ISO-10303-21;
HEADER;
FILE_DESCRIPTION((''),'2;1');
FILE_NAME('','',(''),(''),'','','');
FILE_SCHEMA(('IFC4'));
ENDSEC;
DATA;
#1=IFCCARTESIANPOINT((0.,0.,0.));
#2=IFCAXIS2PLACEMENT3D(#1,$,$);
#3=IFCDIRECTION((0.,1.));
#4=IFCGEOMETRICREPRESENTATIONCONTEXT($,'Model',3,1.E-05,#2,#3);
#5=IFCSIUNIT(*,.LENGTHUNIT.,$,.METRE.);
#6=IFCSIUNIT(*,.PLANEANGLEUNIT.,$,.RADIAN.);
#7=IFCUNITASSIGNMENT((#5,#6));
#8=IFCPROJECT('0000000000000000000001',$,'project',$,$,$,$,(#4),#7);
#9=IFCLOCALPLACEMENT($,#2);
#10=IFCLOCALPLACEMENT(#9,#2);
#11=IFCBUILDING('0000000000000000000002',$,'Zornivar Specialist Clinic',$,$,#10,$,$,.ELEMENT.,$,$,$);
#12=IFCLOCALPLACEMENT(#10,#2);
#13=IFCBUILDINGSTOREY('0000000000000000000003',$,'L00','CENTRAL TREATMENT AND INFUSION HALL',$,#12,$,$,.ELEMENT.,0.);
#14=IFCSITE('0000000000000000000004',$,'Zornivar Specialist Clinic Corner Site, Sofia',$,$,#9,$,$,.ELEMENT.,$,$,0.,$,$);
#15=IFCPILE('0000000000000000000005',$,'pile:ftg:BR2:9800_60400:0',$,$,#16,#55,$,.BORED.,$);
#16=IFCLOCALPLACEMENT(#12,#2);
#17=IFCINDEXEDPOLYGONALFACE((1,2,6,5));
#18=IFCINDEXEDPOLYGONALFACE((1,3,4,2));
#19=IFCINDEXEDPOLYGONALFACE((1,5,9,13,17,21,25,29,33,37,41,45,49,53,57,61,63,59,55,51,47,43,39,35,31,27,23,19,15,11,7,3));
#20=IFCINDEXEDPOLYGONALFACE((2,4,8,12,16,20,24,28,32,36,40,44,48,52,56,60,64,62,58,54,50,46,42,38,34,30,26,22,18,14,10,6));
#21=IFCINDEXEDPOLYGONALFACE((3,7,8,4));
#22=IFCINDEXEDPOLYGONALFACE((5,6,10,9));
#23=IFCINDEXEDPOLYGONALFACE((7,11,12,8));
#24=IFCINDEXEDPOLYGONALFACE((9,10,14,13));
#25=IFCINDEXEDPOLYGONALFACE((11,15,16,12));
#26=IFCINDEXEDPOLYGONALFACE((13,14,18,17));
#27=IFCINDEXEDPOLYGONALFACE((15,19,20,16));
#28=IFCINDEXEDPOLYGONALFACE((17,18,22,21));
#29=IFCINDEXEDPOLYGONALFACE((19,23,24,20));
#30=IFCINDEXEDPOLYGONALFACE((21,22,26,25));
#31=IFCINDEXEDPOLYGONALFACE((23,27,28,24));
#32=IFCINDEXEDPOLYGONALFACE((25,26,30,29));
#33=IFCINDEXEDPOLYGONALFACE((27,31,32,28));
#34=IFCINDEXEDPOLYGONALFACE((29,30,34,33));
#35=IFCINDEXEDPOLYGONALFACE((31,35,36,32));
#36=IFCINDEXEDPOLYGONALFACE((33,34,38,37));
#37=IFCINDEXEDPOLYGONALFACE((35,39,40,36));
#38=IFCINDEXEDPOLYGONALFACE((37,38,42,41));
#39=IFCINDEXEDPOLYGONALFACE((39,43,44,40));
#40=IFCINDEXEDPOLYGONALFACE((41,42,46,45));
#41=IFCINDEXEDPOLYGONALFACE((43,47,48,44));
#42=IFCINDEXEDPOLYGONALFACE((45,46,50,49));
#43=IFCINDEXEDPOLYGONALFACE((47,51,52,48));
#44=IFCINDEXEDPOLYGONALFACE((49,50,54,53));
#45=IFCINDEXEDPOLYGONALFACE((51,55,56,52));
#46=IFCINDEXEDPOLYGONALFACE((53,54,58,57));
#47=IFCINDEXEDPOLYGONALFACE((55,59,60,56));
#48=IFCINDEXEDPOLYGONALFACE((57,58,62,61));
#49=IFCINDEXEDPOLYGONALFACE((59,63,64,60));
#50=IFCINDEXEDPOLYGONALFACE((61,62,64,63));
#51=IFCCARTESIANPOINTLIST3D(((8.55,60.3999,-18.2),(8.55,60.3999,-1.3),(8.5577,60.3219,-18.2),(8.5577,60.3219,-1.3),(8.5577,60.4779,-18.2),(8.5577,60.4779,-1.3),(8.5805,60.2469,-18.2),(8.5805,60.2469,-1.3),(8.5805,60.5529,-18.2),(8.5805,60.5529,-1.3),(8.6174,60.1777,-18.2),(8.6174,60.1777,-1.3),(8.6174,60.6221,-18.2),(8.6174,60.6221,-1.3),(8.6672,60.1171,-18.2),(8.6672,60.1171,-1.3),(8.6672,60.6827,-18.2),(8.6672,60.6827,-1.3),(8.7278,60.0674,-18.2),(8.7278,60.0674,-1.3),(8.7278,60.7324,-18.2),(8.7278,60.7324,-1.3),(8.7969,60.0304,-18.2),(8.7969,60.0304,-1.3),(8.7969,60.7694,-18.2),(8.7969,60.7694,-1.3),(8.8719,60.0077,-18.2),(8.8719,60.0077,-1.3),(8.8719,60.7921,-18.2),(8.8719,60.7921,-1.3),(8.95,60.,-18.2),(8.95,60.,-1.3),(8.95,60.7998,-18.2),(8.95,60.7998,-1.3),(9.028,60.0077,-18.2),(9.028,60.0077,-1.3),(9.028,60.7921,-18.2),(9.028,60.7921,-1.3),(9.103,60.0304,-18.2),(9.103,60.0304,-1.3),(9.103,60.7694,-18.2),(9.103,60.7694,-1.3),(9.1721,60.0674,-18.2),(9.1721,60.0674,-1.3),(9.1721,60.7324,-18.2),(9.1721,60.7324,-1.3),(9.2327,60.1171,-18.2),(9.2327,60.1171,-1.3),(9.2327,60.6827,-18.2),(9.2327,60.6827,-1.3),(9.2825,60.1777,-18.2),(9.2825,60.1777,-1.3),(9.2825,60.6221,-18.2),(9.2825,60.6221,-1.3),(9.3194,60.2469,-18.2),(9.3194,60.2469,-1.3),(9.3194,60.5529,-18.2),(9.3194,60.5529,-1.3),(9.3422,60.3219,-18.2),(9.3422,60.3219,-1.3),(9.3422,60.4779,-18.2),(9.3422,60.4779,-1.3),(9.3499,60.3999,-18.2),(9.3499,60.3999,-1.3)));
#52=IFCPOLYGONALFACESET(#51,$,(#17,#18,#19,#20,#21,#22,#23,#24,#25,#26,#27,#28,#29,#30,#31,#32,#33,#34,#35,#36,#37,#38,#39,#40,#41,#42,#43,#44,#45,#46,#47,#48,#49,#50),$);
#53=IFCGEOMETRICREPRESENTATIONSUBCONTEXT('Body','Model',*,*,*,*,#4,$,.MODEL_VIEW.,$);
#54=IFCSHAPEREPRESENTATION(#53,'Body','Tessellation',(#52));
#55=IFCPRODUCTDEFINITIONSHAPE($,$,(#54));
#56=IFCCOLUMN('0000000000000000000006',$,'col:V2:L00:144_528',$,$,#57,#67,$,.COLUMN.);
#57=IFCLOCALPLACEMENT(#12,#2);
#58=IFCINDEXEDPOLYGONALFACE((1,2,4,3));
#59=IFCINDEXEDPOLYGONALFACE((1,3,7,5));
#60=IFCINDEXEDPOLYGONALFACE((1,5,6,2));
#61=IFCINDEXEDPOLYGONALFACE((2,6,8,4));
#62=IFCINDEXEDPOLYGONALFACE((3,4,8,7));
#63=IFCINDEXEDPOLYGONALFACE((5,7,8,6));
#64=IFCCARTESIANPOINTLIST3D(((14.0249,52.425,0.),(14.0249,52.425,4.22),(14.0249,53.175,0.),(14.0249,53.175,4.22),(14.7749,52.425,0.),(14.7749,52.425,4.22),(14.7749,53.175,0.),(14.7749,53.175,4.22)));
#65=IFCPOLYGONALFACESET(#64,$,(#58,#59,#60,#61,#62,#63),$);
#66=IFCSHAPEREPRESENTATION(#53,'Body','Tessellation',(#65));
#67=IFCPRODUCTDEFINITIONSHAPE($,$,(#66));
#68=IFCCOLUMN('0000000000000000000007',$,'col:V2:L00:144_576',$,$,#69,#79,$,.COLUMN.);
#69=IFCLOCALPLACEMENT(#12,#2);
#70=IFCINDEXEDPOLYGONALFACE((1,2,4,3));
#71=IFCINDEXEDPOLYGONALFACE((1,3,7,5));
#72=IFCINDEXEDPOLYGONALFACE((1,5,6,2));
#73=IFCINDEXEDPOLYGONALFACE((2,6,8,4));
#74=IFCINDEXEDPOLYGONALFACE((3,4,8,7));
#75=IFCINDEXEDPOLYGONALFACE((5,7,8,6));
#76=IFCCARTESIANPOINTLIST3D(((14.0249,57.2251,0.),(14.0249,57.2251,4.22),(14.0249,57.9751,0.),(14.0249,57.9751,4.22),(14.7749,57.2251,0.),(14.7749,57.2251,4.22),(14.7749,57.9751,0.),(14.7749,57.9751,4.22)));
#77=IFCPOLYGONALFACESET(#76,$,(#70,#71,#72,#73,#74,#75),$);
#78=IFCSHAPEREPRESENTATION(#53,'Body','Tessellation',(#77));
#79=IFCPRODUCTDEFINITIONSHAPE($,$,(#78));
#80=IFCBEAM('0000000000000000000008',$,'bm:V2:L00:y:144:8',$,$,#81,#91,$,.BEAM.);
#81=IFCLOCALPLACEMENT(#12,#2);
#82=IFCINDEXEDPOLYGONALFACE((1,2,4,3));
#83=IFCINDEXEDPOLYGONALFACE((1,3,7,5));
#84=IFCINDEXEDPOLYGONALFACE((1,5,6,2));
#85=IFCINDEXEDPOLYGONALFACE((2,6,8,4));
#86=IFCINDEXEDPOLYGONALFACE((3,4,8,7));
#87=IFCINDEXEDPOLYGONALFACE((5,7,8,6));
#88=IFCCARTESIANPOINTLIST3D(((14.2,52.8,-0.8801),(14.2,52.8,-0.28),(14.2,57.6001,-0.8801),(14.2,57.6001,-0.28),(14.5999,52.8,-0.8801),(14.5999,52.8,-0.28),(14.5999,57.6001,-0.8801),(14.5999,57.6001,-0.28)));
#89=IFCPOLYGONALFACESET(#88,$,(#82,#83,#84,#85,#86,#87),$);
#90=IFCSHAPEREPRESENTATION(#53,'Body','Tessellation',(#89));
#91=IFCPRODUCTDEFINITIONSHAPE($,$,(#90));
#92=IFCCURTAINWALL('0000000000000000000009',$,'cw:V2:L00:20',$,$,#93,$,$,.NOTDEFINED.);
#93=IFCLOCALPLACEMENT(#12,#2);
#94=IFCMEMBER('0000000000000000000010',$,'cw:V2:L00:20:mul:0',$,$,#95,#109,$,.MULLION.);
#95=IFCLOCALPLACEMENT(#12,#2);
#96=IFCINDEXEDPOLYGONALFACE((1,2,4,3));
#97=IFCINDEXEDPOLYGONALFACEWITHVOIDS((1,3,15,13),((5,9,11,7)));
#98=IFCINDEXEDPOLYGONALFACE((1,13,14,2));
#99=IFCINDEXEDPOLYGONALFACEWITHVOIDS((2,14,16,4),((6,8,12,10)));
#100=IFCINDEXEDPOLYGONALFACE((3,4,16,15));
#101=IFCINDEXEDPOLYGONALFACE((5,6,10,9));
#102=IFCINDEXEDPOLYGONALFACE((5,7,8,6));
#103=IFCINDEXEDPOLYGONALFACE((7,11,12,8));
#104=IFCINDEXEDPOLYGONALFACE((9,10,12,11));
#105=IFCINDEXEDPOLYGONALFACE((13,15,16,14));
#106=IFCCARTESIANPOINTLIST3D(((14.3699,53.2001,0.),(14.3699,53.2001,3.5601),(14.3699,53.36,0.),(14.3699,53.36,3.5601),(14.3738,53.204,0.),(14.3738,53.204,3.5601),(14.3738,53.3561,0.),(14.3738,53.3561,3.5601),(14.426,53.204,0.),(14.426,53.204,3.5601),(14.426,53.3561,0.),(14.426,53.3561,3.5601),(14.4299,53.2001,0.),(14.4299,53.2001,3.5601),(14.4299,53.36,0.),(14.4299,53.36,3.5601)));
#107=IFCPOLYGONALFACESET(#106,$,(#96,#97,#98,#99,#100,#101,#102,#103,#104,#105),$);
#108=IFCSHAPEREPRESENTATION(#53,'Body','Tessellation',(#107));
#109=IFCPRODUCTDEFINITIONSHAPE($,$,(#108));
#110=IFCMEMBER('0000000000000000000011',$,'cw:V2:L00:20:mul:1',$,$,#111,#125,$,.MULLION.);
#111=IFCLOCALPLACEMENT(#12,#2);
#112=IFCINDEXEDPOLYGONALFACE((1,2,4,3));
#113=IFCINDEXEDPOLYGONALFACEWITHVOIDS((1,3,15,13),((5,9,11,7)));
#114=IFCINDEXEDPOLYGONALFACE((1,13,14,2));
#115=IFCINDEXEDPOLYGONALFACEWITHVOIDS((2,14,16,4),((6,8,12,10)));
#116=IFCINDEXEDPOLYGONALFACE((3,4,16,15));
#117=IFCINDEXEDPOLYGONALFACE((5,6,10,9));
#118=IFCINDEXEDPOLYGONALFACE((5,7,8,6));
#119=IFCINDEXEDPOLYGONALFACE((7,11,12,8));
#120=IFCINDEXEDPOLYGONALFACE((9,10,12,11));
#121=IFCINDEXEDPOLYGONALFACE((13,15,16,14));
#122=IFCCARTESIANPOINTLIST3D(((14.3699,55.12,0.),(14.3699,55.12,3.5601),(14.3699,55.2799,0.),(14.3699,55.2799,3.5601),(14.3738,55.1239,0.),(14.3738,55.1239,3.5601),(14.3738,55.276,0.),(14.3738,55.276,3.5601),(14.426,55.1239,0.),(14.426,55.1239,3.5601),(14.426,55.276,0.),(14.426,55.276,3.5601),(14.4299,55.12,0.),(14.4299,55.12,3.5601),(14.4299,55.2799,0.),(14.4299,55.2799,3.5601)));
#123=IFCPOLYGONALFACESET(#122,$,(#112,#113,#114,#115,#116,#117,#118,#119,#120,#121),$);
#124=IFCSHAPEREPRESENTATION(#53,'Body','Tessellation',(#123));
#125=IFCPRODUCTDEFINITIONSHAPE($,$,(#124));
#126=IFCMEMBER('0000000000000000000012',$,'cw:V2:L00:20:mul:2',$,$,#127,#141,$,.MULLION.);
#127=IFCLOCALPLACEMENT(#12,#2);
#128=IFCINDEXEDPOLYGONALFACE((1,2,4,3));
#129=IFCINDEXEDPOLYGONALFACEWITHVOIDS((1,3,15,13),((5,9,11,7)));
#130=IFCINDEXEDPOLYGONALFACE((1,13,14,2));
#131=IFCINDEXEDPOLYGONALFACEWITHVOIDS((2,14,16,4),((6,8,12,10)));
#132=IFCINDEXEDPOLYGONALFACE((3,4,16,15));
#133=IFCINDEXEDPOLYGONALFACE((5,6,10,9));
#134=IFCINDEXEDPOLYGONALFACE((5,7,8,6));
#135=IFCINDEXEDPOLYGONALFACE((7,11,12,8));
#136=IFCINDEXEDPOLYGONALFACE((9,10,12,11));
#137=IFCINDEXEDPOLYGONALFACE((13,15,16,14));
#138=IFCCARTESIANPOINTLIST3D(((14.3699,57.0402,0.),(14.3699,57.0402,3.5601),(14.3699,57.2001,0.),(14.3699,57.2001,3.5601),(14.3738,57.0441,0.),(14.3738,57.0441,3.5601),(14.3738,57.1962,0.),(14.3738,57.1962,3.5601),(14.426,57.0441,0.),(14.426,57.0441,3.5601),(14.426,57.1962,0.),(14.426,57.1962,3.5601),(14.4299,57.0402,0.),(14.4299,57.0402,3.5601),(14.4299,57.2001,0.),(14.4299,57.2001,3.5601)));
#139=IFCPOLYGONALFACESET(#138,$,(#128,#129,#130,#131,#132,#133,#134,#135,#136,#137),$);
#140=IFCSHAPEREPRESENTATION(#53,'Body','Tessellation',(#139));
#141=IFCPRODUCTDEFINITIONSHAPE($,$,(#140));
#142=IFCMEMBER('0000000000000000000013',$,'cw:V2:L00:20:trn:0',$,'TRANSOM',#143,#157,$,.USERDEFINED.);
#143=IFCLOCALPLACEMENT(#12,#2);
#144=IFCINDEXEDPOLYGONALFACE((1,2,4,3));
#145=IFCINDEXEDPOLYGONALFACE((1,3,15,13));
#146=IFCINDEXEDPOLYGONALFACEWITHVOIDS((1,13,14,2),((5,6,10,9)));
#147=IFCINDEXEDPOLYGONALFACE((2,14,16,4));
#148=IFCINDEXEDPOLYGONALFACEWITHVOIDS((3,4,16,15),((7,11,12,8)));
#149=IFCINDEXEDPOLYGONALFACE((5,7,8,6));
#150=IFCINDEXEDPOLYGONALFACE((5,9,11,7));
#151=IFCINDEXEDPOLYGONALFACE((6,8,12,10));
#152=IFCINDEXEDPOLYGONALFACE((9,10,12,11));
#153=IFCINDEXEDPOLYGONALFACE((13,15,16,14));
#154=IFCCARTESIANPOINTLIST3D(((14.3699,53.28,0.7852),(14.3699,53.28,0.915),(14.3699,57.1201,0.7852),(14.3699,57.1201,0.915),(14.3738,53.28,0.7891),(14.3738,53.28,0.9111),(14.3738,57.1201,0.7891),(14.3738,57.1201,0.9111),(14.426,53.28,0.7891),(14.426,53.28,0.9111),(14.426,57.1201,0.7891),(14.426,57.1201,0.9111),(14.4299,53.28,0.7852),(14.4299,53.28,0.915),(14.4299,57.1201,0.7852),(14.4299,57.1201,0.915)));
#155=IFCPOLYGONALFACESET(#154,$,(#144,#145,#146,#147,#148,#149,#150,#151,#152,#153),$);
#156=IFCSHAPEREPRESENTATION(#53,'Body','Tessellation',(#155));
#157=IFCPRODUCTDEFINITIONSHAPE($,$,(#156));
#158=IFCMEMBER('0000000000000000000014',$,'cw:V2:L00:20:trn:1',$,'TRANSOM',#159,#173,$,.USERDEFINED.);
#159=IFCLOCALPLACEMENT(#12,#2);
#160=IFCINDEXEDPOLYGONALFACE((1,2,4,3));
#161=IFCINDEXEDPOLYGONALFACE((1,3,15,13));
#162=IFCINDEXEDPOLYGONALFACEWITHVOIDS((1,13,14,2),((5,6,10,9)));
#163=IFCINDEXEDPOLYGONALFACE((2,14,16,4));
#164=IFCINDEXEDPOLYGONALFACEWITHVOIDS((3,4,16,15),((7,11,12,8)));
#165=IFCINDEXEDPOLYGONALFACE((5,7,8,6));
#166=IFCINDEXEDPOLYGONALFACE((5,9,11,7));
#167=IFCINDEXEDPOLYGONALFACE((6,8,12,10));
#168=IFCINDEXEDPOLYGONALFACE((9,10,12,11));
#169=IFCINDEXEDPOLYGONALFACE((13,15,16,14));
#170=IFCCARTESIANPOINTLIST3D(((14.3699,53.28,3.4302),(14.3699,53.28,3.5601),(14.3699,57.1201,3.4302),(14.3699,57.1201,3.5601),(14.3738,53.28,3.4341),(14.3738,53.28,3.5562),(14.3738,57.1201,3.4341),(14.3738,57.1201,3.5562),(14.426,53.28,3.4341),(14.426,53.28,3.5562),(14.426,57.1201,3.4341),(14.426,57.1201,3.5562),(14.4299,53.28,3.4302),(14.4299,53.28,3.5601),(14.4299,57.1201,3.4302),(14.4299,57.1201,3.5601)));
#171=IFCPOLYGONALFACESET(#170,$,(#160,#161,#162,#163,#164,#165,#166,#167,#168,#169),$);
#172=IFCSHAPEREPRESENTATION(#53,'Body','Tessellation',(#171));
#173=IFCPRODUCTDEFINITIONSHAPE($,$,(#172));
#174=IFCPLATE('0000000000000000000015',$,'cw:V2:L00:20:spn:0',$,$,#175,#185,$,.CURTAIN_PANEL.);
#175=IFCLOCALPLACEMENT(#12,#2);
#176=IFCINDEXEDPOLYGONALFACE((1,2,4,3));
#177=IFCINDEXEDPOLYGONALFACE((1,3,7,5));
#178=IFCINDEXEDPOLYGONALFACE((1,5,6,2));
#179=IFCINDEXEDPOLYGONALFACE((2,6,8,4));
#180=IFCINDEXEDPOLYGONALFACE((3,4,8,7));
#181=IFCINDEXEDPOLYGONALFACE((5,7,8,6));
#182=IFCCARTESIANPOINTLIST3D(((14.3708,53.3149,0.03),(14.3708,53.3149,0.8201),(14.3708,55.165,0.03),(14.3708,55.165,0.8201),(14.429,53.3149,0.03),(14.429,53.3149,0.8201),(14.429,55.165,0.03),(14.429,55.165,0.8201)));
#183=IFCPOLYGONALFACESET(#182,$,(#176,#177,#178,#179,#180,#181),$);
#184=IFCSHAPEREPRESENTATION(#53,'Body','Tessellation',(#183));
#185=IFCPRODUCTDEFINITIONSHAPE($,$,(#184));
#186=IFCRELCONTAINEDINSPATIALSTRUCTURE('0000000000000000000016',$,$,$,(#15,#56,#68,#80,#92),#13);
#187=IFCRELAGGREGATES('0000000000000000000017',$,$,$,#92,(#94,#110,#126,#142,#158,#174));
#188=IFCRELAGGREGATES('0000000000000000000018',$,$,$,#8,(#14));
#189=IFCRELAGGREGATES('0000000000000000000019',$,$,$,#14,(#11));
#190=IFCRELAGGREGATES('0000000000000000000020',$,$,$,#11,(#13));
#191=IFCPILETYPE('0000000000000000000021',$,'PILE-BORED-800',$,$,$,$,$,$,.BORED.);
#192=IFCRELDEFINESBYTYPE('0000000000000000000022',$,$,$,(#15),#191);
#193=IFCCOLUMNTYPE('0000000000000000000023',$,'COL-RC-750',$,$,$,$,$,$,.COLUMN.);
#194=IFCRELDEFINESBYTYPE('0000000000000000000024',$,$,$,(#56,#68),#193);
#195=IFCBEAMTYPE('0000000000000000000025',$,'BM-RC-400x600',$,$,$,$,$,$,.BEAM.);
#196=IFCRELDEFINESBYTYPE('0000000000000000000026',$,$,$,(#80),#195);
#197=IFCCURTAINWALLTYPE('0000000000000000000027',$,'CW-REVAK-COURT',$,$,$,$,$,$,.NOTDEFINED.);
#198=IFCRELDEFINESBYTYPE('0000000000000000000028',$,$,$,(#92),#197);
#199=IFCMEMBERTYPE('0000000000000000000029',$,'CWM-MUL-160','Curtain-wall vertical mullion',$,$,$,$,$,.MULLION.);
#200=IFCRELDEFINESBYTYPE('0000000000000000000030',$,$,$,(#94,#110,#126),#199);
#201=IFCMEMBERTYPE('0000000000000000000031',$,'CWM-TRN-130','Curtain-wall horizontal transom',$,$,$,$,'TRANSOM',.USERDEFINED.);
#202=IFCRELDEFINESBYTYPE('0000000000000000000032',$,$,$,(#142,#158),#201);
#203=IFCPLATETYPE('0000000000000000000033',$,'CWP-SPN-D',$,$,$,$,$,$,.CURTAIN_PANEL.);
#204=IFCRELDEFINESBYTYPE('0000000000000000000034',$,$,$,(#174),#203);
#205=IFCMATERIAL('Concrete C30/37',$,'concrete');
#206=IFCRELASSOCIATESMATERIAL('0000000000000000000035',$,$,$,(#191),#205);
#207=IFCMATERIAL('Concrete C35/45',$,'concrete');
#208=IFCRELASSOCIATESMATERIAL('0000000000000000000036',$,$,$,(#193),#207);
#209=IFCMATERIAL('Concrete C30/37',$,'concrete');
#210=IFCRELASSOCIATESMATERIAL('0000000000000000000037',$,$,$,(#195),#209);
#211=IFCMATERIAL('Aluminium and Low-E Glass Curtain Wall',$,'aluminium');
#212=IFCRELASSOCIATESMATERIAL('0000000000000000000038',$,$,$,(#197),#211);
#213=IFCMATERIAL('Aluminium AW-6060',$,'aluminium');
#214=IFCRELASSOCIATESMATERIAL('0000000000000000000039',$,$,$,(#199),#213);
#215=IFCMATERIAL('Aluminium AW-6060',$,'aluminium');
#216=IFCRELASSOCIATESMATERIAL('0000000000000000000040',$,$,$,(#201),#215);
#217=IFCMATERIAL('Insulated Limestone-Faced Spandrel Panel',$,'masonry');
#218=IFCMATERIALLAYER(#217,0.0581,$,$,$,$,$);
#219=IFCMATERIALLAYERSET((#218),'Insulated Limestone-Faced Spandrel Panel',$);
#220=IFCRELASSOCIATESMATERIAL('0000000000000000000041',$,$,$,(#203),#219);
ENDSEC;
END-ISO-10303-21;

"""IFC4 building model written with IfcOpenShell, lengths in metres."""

from ifc_helpers import new_model, si_unit, direction, frame, origin, origin_2d, place, context, subcontext, project, spatial, rectangle, hollow_rectangle, circle, extrude, material, layer, layer_set, material_profile, profile_set, type_object, element, aggregate, save


model = new_model("IFC4")

# Units and contexts
model_context = context("Model", 3, precision=1e-05, world=origin(), true_north=direction((0.0, 1.0)))
body_context = subcontext(model_context, "Body", "Model", "MODEL_VIEW")
ifc_project = project(units=[si_unit("LENGTHUNIT", "METRE"), si_unit("PLANEANGLEUNIT", "RADIAN")], contexts=[model_context])

# Site, building, storey
site_placement = place(None, origin())
site = spatial("IfcSite", under=ifc_project, at=site_placement, Name="Zornivar Specialist Clinic Corner Site, Sofia", CompositionType="ELEMENT", RefElevation=0.0)
building_placement = place(site_placement, origin())
building = spatial("IfcBuilding", under=site, at=building_placement, Name="Zornivar Specialist Clinic", CompositionType="ELEMENT")
storey_placement = place(building_placement, origin())
storey = spatial("IfcBuildingStorey", under=building, at=storey_placement, Name="L00", Description="CENTRAL TREATMENT AND INFUSION HALL", CompositionType="ELEMENT", Elevation=0.0)

# Pile
ifc_material_1 = material(Name="Concrete C30/37", Category="concrete")
ifc_material_profile_1 = material_profile(ifc_material_1, circle(Radius=0.3999, at=origin_2d()), Name="PILE D800")
ifc_profile_set_1 = profile_set([ifc_material_profile_1], Name="Concrete C30/37")
pile_type = type_object("IfcPileType", Name="PILE-BORED-800", PredefinedType="BORED", material=ifc_profile_set_1)
pile_placement = place(storey_placement, frame((8.95, 60.3999, -1.3), z_axis=(0.0, 0.0, -1.0), x_axis=(1.0, 0.0, 0.0)))
element("IfcPile", 1, at=pile_placement, inside=storey, type_object=pile_type, Name="pile:ftg:BR2:9800_60400:0", PredefinedType="BORED", context=body_context, shape_type="SweptSolid", body=[
    extrude(circle(Radius=0.3999, at=origin_2d()), origin(), (0.0, 0.0, 1.0), 16.8999),
])

# Columns
ifc_material_2 = material(Name="Concrete C35/45", Category="concrete")
ifc_material_profile_2 = material_profile(ifc_material_2, rectangle(XDim=0.75, YDim=0.75, at=origin_2d()), Name="RC 750x750")
ifc_profile_set_2 = profile_set([ifc_material_profile_2], Name="Concrete C35/45")
column_type = type_object("IfcColumnType", Name="COL-RC-750", PredefinedType="COLUMN", material=ifc_profile_set_2)
for number, where, z_axis, x_axis, name in (
    (2, (14.3999, 52.8, 0.0), (0.0, 0.0, 1.0), (1.0, 0.0, 0.0), "col:V2:L00:144_528"),
    (3, (14.3999, 57.6001, 0.0), (0.0, 0.0, 1.0), (1.0, 0.0, 0.0), "col:V2:L00:144_576"),
):
    element("IfcColumn", number, at=place(storey_placement, frame(where, z_axis=z_axis, x_axis=x_axis)), inside=storey, type_object=column_type, Name=name, PredefinedType="COLUMN", context=body_context, shape_type="SweptSolid", body=[
        extrude(rectangle(XDim=0.75, YDim=0.75, at=origin_2d()), origin(), (0.0, 0.0, 1.0), 4.22),
    ])

# Beam
ifc_material_3 = material(Name="Concrete C30/37", Category="concrete")
ifc_material_profile_3 = material_profile(ifc_material_3, rectangle(XDim=0.3999, YDim=0.6001, at=origin_2d()), Name="RC 400x600")
ifc_profile_set_3 = profile_set([ifc_material_profile_3], Name="Concrete C30/37")
beam_type = type_object("IfcBeamType", Name="BM-RC-400x600", PredefinedType="BEAM", material=ifc_profile_set_3)
beam_placement = place(storey_placement, frame((14.3999, 52.8, -0.5801), z_axis=(0.0, 1.0, 0.0), x_axis=(-1.0, 0.0, 0.0)))
element("IfcBeam", 4, at=beam_placement, inside=storey, type_object=beam_type, Name="bm:V2:L00:y:144:8", PredefinedType="BEAM", context=body_context, shape_type="SweptSolid", body=[
    extrude(rectangle(XDim=0.3999, YDim=0.6001, at=origin_2d()), origin(), (0.0, 0.0, 1.0), 4.8),
])

# Curtain wall, members, plate
ifc_material_4 = material(Name="Aluminium and Low-E Glass Curtain Wall", Category="aluminium")
curtain_wall_type = type_object("IfcCurtainWallType", Name="CW-REVAK-COURT", PredefinedType="NOTDEFINED", material=ifc_material_4)
curtain_wall_placement = place(storey_placement, origin())
curtain_wall = element("IfcCurtainWall", 5, at=curtain_wall_placement, inside=storey, type_object=curtain_wall_type, Name="cw:V2:L00:20", PredefinedType="NOTDEFINED")
ifc_material_5 = material(Name="Aluminium AW-6060", Category="aluminium")
ifc_material_profile_4 = material_profile(ifc_material_5, hollow_rectangle(XDim=0.0601, YDim=0.1599, WallThickness=0.0039, at=origin_2d()), Name="ALU 60x160x4")
ifc_profile_set_4 = profile_set([ifc_material_profile_4], Name="Aluminium AW-6060")
member_type_1 = type_object("IfcMemberType", Name="CWM-MUL-160", Description="Curtain-wall vertical mullion", PredefinedType="MULLION", material=ifc_profile_set_4)
member_1_placement = place(storey_placement, frame((14.3999, 53.28, 0.0), z_axis=(0.0, 0.0, 1.0), x_axis=(1.0, 0.0, 0.0)))
member_1 = element("IfcMember", 6, at=member_1_placement, type_object=member_type_1, Name="cw:V2:L00:20:mul:0", PredefinedType="MULLION", context=body_context, shape_type="SweptSolid", body=[
    extrude(hollow_rectangle(XDim=0.0601, YDim=0.1599, WallThickness=0.0039, at=origin_2d()), origin(), (0.0, 0.0, 1.0), 3.5601),
])
member_2_placement = place(storey_placement, frame((14.3999, 55.2, 0.0), z_axis=(0.0, 0.0, 1.0), x_axis=(1.0, 0.0, 0.0)))
member_2 = element("IfcMember", 7, at=member_2_placement, type_object=member_type_1, Name="cw:V2:L00:20:mul:1", PredefinedType="MULLION", context=body_context, shape_type="SweptSolid", body=[
    extrude(hollow_rectangle(XDim=0.0601, YDim=0.1599, WallThickness=0.0039, at=origin_2d()), origin(), (0.0, 0.0, 1.0), 3.5601),
])
member_3_placement = place(storey_placement, frame((14.3999, 57.1201, 0.0), z_axis=(0.0, 0.0, 1.0), x_axis=(1.0, 0.0, 0.0)))
member_3 = element("IfcMember", 8, at=member_3_placement, type_object=member_type_1, Name="cw:V2:L00:20:mul:2", PredefinedType="MULLION", context=body_context, shape_type="SweptSolid", body=[
    extrude(hollow_rectangle(XDim=0.0601, YDim=0.1599, WallThickness=0.0039, at=origin_2d()), origin(), (0.0, 0.0, 1.0), 3.5601),
])
ifc_material_6 = material(Name="Aluminium AW-6060", Category="aluminium")
ifc_material_profile_5 = material_profile(ifc_material_6, hollow_rectangle(XDim=0.0601, YDim=0.1299, WallThickness=0.0039, at=origin_2d()), Name="ALU 60x130x4")
ifc_profile_set_5 = profile_set([ifc_material_profile_5], Name="Aluminium AW-6060")
member_type_2 = type_object("IfcMemberType", Name="CWM-TRN-130", Description="Curtain-wall horizontal transom", ElementType="TRANSOM", PredefinedType="USERDEFINED", material=ifc_profile_set_5)
member_4_placement = place(storey_placement, frame((14.3999, 53.28, 0.8501), z_axis=(0.0, 1.0, 0.0), x_axis=(-1.0, 0.0, 0.0)))
member_4 = element("IfcMember", 9, at=member_4_placement, type_object=member_type_2, Name="cw:V2:L00:20:trn:0", ObjectType="TRANSOM", PredefinedType="USERDEFINED", context=body_context, shape_type="SweptSolid", body=[
    extrude(hollow_rectangle(XDim=0.0601, YDim=0.1299, WallThickness=0.0039, at=origin_2d()), origin(), (0.0, 0.0, 1.0), 3.8401),
])
member_5_placement = place(storey_placement, frame((14.3999, 53.28, 3.4951), z_axis=(0.0, 1.0, 0.0), x_axis=(-1.0, 0.0, 0.0)))
member_5 = element("IfcMember", 10, at=member_5_placement, type_object=member_type_2, Name="cw:V2:L00:20:trn:1", ObjectType="TRANSOM", PredefinedType="USERDEFINED", context=body_context, shape_type="SweptSolid", body=[
    extrude(hollow_rectangle(XDim=0.0601, YDim=0.1299, WallThickness=0.0039, at=origin_2d()), origin(), (0.0, 0.0, 1.0), 3.8401),
])
ifc_material_7 = material(Name="Insulated Limestone-Faced Spandrel Panel", Category="masonry")
ifc_layer_1 = layer(ifc_material_7, 0.0581)
ifc_layer_set_1 = layer_set([ifc_layer_1], Name="Insulated Limestone-Faced Spandrel Panel")
plate_type_1 = type_object("IfcPlateType", Name="CWP-SPN-D", PredefinedType="CURTAIN_PANEL", material=ifc_layer_set_1)
plate_1_placement = place(storey_placement, frame((14.3999, 54.24, 0.03), z_axis=(0.0, 0.0, 1.0), x_axis=(0.0, 1.0, 0.0)))
plate_1 = element("IfcPlate", 11, at=plate_1_placement, type_object=plate_type_1, Name="cw:V2:L00:20:spn:0", PredefinedType="CURTAIN_PANEL", context=body_context, shape_type="SweptSolid", body=[
    extrude(rectangle(XDim=1.8501, YDim=0.0581, at=origin_2d()), origin(), (0.0, 0.0, 1.0), 0.79),
])
aggregate(curtain_wall, [member_1, member_2, member_3, member_4, member_5, plate_1])

save(model, "model.ifc")
